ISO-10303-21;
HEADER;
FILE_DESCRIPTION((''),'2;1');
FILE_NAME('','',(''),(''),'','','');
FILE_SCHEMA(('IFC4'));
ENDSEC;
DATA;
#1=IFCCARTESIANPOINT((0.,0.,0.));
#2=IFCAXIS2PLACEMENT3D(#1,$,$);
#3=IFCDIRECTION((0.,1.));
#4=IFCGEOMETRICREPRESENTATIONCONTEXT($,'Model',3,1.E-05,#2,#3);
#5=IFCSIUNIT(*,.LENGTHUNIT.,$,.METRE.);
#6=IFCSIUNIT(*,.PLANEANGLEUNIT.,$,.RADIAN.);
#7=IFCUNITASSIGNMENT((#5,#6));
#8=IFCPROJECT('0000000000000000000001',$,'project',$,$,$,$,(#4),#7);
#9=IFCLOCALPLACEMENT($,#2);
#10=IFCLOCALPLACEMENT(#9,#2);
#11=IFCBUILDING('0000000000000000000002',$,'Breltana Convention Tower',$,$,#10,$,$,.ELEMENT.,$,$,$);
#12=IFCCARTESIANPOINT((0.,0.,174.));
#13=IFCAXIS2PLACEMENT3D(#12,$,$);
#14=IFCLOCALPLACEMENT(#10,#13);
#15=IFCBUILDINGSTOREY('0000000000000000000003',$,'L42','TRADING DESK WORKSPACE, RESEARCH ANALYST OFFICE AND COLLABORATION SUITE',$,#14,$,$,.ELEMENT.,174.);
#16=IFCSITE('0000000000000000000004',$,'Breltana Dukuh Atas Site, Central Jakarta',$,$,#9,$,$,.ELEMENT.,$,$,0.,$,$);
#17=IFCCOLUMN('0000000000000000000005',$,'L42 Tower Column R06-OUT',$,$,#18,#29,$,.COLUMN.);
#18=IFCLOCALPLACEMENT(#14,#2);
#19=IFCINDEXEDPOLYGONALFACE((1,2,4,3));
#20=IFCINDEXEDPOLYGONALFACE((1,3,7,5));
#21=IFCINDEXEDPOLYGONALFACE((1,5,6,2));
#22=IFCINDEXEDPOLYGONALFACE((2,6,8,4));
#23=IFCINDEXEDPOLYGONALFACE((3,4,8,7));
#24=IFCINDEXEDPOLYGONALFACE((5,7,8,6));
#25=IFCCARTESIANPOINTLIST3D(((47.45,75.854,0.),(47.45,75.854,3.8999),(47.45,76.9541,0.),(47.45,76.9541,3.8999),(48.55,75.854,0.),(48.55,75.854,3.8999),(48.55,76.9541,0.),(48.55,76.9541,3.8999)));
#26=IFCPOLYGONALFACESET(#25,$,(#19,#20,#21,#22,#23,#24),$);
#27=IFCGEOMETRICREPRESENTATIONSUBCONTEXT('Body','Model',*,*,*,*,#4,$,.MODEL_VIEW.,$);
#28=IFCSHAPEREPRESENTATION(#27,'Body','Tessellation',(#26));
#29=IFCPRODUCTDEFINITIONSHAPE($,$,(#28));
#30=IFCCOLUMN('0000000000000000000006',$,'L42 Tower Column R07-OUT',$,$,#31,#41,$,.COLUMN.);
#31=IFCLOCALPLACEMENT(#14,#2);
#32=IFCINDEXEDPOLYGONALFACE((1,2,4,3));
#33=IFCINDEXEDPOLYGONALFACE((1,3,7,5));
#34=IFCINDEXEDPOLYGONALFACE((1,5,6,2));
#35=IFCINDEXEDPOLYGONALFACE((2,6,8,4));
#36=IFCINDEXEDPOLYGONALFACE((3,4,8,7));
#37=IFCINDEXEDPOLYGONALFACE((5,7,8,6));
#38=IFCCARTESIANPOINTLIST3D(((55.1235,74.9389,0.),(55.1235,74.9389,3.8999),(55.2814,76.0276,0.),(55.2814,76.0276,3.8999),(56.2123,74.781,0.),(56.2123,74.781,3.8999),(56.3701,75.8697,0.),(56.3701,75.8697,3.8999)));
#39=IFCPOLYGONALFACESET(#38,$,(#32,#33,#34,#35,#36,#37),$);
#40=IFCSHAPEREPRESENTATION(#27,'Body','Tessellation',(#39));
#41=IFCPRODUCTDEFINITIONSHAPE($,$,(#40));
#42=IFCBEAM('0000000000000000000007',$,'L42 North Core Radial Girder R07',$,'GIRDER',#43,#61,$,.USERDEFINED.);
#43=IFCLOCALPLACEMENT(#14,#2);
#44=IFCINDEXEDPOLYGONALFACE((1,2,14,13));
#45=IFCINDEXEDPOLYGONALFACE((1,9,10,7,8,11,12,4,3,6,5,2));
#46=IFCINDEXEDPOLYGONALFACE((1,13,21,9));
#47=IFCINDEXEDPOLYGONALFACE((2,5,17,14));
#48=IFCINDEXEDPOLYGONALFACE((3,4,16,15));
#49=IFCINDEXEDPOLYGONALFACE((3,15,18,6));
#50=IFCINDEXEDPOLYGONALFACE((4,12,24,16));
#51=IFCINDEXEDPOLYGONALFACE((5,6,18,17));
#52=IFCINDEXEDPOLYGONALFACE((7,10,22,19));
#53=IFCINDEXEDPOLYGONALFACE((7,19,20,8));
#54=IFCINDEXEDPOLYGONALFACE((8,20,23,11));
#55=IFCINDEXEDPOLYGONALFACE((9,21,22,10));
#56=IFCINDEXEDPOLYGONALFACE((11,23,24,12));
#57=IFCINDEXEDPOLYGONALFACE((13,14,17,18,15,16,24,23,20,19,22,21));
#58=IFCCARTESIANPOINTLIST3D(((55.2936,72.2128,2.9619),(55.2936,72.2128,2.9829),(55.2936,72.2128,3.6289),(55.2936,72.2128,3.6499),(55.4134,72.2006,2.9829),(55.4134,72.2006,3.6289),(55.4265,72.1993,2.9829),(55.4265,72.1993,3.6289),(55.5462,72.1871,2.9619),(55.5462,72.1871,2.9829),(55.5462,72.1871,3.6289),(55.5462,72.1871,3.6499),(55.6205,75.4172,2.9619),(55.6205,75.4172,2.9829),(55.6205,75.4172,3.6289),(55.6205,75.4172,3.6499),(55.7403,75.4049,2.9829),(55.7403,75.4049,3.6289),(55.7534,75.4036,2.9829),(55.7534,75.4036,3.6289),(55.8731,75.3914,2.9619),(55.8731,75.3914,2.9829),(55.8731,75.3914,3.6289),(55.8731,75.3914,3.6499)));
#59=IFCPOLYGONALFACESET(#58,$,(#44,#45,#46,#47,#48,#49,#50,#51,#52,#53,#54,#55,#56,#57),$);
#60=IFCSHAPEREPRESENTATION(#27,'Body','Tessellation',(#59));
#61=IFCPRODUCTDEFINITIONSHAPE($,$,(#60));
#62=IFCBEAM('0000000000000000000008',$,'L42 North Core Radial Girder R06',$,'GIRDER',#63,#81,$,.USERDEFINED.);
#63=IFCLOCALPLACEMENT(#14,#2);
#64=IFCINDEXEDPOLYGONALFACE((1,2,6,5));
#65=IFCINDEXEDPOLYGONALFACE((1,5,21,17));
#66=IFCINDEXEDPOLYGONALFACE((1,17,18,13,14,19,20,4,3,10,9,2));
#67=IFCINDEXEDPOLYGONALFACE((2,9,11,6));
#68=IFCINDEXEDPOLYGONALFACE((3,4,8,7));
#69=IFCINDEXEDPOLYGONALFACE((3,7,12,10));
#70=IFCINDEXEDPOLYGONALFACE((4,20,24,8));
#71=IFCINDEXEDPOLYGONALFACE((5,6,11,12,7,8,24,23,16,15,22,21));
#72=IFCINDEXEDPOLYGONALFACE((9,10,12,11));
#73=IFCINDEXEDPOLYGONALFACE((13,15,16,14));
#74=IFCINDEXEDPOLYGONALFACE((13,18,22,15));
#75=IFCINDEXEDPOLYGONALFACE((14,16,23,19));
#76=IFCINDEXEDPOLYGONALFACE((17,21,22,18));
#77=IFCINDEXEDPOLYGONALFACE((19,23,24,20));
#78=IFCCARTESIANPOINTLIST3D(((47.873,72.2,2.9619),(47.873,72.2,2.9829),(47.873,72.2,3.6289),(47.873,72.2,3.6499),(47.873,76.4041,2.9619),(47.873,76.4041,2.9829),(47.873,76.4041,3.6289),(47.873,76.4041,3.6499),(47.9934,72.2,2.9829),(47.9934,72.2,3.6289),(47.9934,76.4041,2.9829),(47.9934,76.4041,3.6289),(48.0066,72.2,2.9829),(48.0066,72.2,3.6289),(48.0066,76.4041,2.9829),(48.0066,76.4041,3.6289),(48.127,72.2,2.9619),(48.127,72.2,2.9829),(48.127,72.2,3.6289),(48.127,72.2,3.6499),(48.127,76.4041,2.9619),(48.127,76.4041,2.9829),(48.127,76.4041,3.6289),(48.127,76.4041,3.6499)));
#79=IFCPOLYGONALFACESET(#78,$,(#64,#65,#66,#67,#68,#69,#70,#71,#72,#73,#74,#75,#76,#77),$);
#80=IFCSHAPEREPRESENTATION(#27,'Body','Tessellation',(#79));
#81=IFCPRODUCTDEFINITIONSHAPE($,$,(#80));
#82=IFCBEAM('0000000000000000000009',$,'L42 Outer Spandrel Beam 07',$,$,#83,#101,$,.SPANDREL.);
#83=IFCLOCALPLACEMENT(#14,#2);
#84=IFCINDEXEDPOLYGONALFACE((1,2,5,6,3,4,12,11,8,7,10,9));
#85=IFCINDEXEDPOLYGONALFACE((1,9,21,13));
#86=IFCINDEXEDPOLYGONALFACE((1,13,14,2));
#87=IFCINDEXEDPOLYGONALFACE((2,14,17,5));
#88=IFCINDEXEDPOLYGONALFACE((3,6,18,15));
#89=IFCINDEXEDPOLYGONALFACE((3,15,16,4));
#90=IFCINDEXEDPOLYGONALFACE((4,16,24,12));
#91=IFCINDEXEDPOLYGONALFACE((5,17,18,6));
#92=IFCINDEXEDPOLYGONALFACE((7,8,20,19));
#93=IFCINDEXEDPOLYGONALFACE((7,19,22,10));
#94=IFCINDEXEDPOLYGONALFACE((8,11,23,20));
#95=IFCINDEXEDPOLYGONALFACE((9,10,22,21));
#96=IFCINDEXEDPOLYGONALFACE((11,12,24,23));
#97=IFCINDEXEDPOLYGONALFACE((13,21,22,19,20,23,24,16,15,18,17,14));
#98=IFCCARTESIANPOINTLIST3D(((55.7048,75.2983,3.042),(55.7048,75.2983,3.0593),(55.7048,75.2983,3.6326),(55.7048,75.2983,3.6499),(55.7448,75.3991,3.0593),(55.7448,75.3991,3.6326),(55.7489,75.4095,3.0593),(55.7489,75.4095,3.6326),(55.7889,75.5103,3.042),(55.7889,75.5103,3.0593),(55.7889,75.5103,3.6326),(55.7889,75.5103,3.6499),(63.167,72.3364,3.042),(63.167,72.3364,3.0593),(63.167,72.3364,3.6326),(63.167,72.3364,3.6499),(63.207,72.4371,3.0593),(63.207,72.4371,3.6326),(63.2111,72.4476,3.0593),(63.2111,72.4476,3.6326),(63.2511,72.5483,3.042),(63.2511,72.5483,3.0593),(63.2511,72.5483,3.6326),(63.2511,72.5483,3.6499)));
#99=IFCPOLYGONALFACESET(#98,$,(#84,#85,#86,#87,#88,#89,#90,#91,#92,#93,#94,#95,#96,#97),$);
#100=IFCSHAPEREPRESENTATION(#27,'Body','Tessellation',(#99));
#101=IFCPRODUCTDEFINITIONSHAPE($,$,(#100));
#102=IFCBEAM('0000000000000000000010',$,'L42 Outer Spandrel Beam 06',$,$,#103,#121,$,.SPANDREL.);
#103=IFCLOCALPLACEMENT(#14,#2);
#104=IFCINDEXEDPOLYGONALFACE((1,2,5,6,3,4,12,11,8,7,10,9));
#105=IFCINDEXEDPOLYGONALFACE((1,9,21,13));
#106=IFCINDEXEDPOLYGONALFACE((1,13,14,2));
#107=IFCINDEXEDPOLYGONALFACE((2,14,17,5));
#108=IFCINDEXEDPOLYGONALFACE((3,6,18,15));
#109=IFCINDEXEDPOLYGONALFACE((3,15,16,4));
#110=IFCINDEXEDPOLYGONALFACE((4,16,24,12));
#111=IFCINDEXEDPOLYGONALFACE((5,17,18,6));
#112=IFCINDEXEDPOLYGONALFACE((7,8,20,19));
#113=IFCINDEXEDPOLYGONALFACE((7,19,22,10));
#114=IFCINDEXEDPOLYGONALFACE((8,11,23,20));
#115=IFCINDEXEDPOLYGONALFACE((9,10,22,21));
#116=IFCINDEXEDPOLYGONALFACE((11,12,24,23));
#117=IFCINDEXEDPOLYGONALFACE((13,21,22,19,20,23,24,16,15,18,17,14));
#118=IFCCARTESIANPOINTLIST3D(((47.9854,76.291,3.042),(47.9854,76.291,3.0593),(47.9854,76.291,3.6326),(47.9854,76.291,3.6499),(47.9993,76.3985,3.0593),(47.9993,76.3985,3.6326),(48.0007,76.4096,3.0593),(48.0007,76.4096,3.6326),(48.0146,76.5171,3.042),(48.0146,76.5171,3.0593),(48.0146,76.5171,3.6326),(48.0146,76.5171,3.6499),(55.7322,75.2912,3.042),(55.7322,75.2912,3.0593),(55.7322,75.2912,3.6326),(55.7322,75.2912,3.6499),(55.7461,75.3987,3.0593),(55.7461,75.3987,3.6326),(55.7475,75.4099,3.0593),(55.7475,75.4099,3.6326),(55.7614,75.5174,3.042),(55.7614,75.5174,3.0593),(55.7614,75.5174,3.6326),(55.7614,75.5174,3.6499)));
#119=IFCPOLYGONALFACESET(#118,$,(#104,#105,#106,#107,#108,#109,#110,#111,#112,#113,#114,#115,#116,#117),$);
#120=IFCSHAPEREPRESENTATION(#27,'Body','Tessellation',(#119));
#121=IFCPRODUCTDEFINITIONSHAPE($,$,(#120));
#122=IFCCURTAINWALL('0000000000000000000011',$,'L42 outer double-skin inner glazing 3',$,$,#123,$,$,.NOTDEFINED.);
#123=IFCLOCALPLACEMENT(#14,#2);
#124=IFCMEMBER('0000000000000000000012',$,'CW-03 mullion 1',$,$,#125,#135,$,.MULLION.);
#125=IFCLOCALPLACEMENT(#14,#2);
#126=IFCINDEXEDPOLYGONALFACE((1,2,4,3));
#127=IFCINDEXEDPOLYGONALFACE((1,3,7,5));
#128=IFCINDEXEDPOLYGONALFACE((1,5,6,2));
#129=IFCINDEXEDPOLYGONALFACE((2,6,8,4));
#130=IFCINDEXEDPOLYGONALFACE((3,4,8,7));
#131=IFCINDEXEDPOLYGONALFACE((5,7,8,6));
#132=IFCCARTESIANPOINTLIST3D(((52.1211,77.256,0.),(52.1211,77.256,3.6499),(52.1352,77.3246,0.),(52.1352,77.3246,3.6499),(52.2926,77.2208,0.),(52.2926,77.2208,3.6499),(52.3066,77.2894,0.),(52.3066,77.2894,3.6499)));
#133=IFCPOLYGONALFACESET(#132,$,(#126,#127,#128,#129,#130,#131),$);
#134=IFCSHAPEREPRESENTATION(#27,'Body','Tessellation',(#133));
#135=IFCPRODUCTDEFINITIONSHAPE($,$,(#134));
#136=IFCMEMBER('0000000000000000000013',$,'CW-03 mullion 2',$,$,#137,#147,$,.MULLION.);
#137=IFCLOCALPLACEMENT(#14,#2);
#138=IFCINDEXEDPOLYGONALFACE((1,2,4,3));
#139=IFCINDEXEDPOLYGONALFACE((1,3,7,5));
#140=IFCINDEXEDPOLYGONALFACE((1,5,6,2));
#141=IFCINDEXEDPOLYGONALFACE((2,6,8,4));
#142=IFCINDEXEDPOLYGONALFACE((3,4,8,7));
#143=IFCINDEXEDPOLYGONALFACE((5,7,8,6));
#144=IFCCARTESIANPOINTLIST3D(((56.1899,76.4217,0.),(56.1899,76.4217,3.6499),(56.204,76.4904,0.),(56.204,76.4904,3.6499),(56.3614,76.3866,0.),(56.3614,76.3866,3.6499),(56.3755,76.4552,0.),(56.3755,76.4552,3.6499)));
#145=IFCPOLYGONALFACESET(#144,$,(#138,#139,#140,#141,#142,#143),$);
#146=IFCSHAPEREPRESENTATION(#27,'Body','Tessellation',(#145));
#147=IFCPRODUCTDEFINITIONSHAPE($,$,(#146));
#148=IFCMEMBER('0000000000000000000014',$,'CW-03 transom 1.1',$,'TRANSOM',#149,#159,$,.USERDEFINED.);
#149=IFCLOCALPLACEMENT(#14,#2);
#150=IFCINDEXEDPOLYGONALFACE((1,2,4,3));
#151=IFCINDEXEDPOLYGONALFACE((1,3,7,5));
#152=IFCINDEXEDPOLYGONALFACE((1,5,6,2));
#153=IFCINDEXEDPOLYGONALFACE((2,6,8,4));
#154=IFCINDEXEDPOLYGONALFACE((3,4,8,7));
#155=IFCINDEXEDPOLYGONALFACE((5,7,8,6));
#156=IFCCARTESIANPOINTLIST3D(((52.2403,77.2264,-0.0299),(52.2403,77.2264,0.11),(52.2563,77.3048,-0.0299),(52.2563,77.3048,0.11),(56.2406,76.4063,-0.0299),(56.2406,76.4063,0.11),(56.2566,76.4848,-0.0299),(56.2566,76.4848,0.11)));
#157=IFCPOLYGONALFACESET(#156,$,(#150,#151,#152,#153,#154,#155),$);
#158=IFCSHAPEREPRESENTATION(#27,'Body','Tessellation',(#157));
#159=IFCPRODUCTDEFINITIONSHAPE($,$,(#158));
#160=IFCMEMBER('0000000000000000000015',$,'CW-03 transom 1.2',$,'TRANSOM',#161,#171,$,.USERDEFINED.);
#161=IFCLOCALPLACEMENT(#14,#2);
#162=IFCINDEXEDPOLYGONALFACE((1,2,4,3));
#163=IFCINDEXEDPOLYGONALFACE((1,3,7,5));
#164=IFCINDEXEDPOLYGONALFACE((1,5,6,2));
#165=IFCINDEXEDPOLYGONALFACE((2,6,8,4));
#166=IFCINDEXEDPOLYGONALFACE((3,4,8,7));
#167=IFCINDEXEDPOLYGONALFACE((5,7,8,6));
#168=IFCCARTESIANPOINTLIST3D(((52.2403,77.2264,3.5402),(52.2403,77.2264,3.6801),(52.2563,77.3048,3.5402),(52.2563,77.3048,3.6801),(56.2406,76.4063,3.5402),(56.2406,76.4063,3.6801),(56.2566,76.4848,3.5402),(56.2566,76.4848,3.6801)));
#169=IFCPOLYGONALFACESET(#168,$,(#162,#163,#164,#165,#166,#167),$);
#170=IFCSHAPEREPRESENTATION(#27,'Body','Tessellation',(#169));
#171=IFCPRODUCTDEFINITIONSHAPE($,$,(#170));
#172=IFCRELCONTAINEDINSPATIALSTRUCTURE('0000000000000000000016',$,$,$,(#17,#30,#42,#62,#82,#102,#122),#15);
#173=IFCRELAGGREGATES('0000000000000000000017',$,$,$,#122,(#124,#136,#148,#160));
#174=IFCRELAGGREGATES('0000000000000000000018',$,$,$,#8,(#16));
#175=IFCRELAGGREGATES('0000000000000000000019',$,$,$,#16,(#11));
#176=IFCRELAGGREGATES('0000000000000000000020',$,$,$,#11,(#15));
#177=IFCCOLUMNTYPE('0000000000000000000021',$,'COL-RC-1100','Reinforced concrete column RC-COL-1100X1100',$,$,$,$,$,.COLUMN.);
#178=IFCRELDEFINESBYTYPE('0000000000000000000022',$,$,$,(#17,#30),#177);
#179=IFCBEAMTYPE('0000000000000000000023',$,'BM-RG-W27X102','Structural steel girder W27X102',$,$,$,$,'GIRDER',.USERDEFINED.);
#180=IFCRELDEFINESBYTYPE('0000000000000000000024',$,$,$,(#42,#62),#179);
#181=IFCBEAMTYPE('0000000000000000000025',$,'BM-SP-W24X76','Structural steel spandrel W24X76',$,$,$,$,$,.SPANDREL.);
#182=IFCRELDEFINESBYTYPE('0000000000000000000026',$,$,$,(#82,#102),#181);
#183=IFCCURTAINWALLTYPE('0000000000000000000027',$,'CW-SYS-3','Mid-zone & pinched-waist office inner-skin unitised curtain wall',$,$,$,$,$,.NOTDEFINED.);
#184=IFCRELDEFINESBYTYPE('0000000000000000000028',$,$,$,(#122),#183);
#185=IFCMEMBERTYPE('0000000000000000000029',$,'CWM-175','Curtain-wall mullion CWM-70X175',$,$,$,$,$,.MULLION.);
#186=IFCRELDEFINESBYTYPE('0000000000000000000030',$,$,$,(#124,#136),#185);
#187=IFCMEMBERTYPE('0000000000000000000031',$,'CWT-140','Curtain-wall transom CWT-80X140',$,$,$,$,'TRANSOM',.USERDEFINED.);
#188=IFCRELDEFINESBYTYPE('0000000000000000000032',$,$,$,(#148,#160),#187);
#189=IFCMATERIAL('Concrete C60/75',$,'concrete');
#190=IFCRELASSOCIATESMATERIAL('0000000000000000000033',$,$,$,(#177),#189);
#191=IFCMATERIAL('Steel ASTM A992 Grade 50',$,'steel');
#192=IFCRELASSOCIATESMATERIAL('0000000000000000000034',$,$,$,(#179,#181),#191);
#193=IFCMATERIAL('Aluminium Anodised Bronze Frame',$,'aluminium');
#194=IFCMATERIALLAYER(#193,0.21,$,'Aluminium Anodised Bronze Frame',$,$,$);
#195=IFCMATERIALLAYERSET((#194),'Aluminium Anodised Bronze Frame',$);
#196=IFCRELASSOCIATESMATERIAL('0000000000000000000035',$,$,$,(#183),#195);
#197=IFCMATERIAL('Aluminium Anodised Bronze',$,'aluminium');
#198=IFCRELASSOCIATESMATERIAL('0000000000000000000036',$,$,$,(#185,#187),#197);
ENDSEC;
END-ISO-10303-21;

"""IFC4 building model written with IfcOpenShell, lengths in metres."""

from ifc_helpers import new_model, si_unit, direction, frame, origin, origin_2d, place, context, subcontext, project, spatial, rectangle, i_section, extrude, source, transform, mapped, material, layer, layer_set, material_profile, profile_set, type_object, element, aggregate, save


model = new_model("IFC4")

# Units and contexts
model_context = context("Model", 3, precision=1e-05, world=origin(), true_north=direction((0.0, 1.0)))
body_context = subcontext(model_context, "Body", "Model", "MODEL_VIEW")
ifc_project = project(units=[si_unit("LENGTHUNIT", "METRE"), si_unit("PLANEANGLEUNIT", "RADIAN")], contexts=[model_context])

# Site, building, storey
site_placement = place(None, origin())
site = spatial("IfcSite", under=ifc_project, at=site_placement, Name="Breltana Dukuh Atas Site, Central Jakarta", CompositionType="ELEMENT", RefElevation=0.0)
building_placement = place(site_placement, origin())
building = spatial("IfcBuilding", under=site, at=building_placement, Name="Breltana Convention Tower", CompositionType="ELEMENT")
storey_placement = place(building_placement, frame((0.0, 0.0, 174.0)))
storey = spatial("IfcBuildingStorey", under=building, at=storey_placement, Name="L42", Description="TRADING DESK WORKSPACE, RESEARCH ANALYST OFFICE AND COLLABORATION SUITE", CompositionType="ELEMENT", Elevation=174.0)

# Columns
ifc_material_1 = material(Name="Concrete C60/75", Category="concrete")
ifc_material_profile_1 = material_profile(ifc_material_1, rectangle(XDim=1.1001, YDim=1.1001, at=origin_2d()), Name="RC-COL-1100X1100")
ifc_profile_set_1 = profile_set([ifc_material_profile_1], Name="Concrete C60/75")
column_type = type_object("IfcColumnType", Name="COL-RC-1100", Description="Reinforced concrete column RC-COL-1100X1100", PredefinedType="COLUMN", material=ifc_profile_set_1)
shared_shape_1 = source(origin(), body_context, "Body", "SweptSolid", [
    extrude(rectangle(XDim=1.1001, YDim=1.1001, at=origin_2d()), origin(), (0.0, 0.0, 1.0), 3.8999),
])
for number, where, z_axis, x_axis, name in (
    (1, (48.0, 76.4041, 0.0), (0.0, 0.0, 1.0), (0.0, 1.0, 0.0), "L42 Tower Column R06-OUT"),
    (2, (55.7468, 75.4043, 0.0), (0.0, 0.0, 1.0), (0.143493, 0.989651, 0.0), "L42 Tower Column R07-OUT"),
):
    element("IfcColumn", number, at=place(storey_placement, frame(where, z_axis=z_axis, x_axis=x_axis)), inside=storey, type_object=column_type, Name=name, PredefinedType="COLUMN", context=body_context, shape_type="MappedRepresentation", body=[
        mapped(shared_shape_1, transform((0.0, 0.0, 0.0), scale=1.0)),
    ])

# Beams
ifc_material_2 = material(Name="Steel ASTM A992 Grade 50", Category="steel")
ifc_material_profile_2 = material_profile(ifc_material_2, i_section(OverallWidth=0.2539, OverallDepth=0.688, WebThickness=0.0132, FlangeThickness=0.021, at=origin_2d()), Name="W27X102")
ifc_profile_set_2 = profile_set([ifc_material_profile_2], Name="Steel ASTM A992 Grade 50")
beam_type_1 = type_object("IfcBeamType", Name="BM-RG-W27X102", Description="Structural steel girder W27X102", ElementType="GIRDER", PredefinedType="USERDEFINED", material=ifc_profile_set_2)
shared_shape_2 = source(origin(), body_context, "Body", "SweptSolid", [
    extrude(i_section(OverallWidth=0.2539, OverallDepth=0.688, WebThickness=0.0132, FlangeThickness=0.021, at=origin_2d()), origin(), (0.0, 0.0, 1.0), 3.2209),
])
beam_1_placement = place(storey_placement, frame((55.4199, 72.2, 3.3059), z_axis=(0.101492, 0.994836, 0.0), x_axis=(-0.994836, 0.101492, 0.0)))
element("IfcBeam", 3, at=beam_1_placement, inside=storey, type_object=beam_type_1, Name="L42 North Core Radial Girder R07", ObjectType="GIRDER", PredefinedType="USERDEFINED", context=body_context, shape_type="MappedRepresentation", body=[
    mapped(shared_shape_2, transform((0.0, 0.0, 0.0), scale=1.0)),
])
shared_shape_3 = source(origin(), body_context, "Body", "SweptSolid", [
    extrude(i_section(OverallWidth=0.2539, OverallDepth=0.688, WebThickness=0.0132, FlangeThickness=0.021, at=origin_2d()), origin(), (0.0, 0.0, 1.0), 4.2041),
])
beam_2_placement = place(storey_placement, frame((48.0, 72.2, 3.3059), z_axis=(0.0, 1.0, 0.0), x_axis=(-1.0, 0.0, 0.0)))
element("IfcBeam", 4, at=beam_2_placement, inside=storey, type_object=beam_type_1, Name="L42 North Core Radial Girder R06", ObjectType="GIRDER", PredefinedType="USERDEFINED", context=body_context, shape_type="MappedRepresentation", body=[
    mapped(shared_shape_3, transform((0.0, 0.0, 0.0), scale=1.0)),
])
ifc_material_profile_3 = material_profile(ifc_material_2, i_section(OverallWidth=0.228, OverallDepth=0.6079, WebThickness=0.0112, FlangeThickness=0.0173, at=origin_2d()), Name="W24X76")
ifc_profile_set_3 = profile_set([ifc_material_profile_3], Name="Steel ASTM A992 Grade 50")
beam_type_2 = type_object("IfcBeamType", Name="BM-SP-W24X76", Description="Structural steel spandrel W24X76", PredefinedType="SPANDREL", material=ifc_profile_set_3)
shared_shape_4 = source(origin(), body_context, "Body", "SweptSolid", [
    extrude(i_section(OverallWidth=0.228, OverallDepth=0.6079, WebThickness=0.0112, FlangeThickness=0.0173, at=origin_2d()), origin(), (0.0, 0.0, 1.0), 8.0286),
])
beam_3_placement = place(storey_placement, frame((55.7468, 75.4043, 3.3459), z_axis=(0.929459, -0.368925, 0.0), x_axis=(0.368925, 0.929459, 0.0)))
element("IfcBeam", 5, at=beam_3_placement, inside=storey, type_object=beam_type_2, Name="L42 Outer Spandrel Beam 07", PredefinedType="SPANDREL", context=body_context, shape_type="MappedRepresentation", body=[
    mapped(shared_shape_4, transform((0.0, 0.0, 0.0), scale=1.0)),
])
shared_shape_5 = source(origin(), body_context, "Body", "SweptSolid", [
    extrude(i_section(OverallWidth=0.228, OverallDepth=0.6079, WebThickness=0.0112, FlangeThickness=0.0173, at=origin_2d()), origin(), (0.0, 0.0, 1.0), 7.811),
])
beam_4_placement = place(storey_placement, frame((48.0, 76.4041, 3.3459), z_axis=(0.991775, -0.127992, 0.0), x_axis=(0.127992, 0.991775, 0.0)))
element("IfcBeam", 6, at=beam_4_placement, inside=storey, type_object=beam_type_2, Name="L42 Outer Spandrel Beam 06", PredefinedType="SPANDREL", context=body_context, shape_type="MappedRepresentation", body=[
    mapped(shared_shape_5, transform((0.0, 0.0, 0.0), scale=1.0)),
])

# Curtain wall, members
ifc_material_3 = material(Name="Aluminium Anodised Bronze Frame", Category="aluminium")
ifc_layer_1 = layer(ifc_material_3, 0.21, Name="Aluminium Anodised Bronze Frame")
ifc_layer_set_1 = layer_set([ifc_layer_1], Name="Aluminium Anodised Bronze Frame")
curtain_wall_type = type_object("IfcCurtainWallType", Name="CW-SYS-3", Description="Mid-zone & pinched-waist office inner-skin unitised curtain wall", PredefinedType="NOTDEFINED", material=ifc_layer_set_1)
curtain_wall_placement = place(storey_placement, origin())
curtain_wall = element("IfcCurtainWall", 7, at=curtain_wall_placement, inside=storey, type_object=curtain_wall_type, Name="L42 outer double-skin inner glazing 3", PredefinedType="NOTDEFINED")
ifc_material_4 = material(Name="Aluminium Anodised Bronze", Category="aluminium")
ifc_material_profile_4 = material_profile(ifc_material_4, rectangle(XDim=0.0701, YDim=0.175, at=origin_2d()), Name="CWM-70X175")
ifc_profile_set_4 = profile_set([ifc_material_profile_4], Name="Aluminium Anodised Bronze")
member_type_1 = type_object("IfcMemberType", Name="CWM-175", Description="Curtain-wall mullion CWM-70X175", PredefinedType="MULLION", material=ifc_profile_set_4)
shared_shape_6 = source(origin(), body_context, "Body", "SweptSolid", [
    extrude(rectangle(XDim=0.0701, YDim=0.175, at=origin_2d()), origin(), (0.0, 0.0, 1.0), 3.6499),
])
member_1_placement = place(storey_placement, frame((52.2139, 77.2727, 0.0), z_axis=(0.0, 0.0, 1.0), x_axis=(0.200877, 0.979617, 0.0)))
member_1 = element("IfcMember", 8, at=member_1_placement, type_object=member_type_1, Name="CW-03 mullion 1", PredefinedType="MULLION", context=body_context, shape_type="MappedRepresentation", body=[
    mapped(shared_shape_6, transform((0.0, 0.0, 0.0), scale=1.0)),
])
member_2_placement = place(storey_placement, frame((56.2827, 76.4385, 0.0), z_axis=(0.0, 0.0, 1.0), x_axis=(0.200877, 0.979617, 0.0)))
member_2 = element("IfcMember", 9, at=member_2_placement, type_object=member_type_1, Name="CW-03 mullion 2", PredefinedType="MULLION", context=body_context, shape_type="MappedRepresentation", body=[
    mapped(shared_shape_6, transform((0.0, 0.0, 0.0), scale=1.0)),
])
ifc_material_profile_5 = material_profile(ifc_material_4, rectangle(XDim=0.0801, YDim=0.1399, at=origin_2d()), Name="CWT-80X140")
ifc_profile_set_5 = profile_set([ifc_material_profile_5], Name="Aluminium Anodised Bronze")
member_type_2 = type_object("IfcMemberType", Name="CWT-140", Description="Curtain-wall transom CWT-80X140", ElementType="TRANSOM", PredefinedType="USERDEFINED", material=ifc_profile_set_5)
shared_shape_7 = source(origin(), body_context, "Body", "SweptSolid", [
    extrude(rectangle(XDim=0.0801, YDim=0.1399, at=origin_2d()), origin(), (0.0, 0.0, 1.0), 4.0835),
])
member_3_placement = place(storey_placement, frame((52.2483, 77.2656, 0.04), z_axis=(0.979627, -0.200828, 0.0), x_axis=(0.200828, 0.979627, 0.0)))
member_3 = element("IfcMember", 10, at=member_3_placement, type_object=member_type_2, Name="CW-03 transom 1.1", ObjectType="TRANSOM", PredefinedType="USERDEFINED", context=body_context, shape_type="MappedRepresentation", body=[
    mapped(shared_shape_7, transform((0.0, 0.0, 0.0), scale=1.0)),
])
member_4_placement = place(storey_placement, frame((52.2483, 77.2656, 3.6101), z_axis=(0.979627, -0.200828, 0.0), x_axis=(0.200828, 0.979627, 0.0)))
member_4 = element("IfcMember", 11, at=member_4_placement, type_object=member_type_2, Name="CW-03 transom 1.2", ObjectType="TRANSOM", PredefinedType="USERDEFINED", context=body_context, shape_type="MappedRepresentation", body=[
    mapped(shared_shape_7, transform((0.0, 0.0, 0.0), scale=1.0)),
])
aggregate(curtain_wall, [member_1, member_2, member_3, member_4])

save(model, "model.ifc")
